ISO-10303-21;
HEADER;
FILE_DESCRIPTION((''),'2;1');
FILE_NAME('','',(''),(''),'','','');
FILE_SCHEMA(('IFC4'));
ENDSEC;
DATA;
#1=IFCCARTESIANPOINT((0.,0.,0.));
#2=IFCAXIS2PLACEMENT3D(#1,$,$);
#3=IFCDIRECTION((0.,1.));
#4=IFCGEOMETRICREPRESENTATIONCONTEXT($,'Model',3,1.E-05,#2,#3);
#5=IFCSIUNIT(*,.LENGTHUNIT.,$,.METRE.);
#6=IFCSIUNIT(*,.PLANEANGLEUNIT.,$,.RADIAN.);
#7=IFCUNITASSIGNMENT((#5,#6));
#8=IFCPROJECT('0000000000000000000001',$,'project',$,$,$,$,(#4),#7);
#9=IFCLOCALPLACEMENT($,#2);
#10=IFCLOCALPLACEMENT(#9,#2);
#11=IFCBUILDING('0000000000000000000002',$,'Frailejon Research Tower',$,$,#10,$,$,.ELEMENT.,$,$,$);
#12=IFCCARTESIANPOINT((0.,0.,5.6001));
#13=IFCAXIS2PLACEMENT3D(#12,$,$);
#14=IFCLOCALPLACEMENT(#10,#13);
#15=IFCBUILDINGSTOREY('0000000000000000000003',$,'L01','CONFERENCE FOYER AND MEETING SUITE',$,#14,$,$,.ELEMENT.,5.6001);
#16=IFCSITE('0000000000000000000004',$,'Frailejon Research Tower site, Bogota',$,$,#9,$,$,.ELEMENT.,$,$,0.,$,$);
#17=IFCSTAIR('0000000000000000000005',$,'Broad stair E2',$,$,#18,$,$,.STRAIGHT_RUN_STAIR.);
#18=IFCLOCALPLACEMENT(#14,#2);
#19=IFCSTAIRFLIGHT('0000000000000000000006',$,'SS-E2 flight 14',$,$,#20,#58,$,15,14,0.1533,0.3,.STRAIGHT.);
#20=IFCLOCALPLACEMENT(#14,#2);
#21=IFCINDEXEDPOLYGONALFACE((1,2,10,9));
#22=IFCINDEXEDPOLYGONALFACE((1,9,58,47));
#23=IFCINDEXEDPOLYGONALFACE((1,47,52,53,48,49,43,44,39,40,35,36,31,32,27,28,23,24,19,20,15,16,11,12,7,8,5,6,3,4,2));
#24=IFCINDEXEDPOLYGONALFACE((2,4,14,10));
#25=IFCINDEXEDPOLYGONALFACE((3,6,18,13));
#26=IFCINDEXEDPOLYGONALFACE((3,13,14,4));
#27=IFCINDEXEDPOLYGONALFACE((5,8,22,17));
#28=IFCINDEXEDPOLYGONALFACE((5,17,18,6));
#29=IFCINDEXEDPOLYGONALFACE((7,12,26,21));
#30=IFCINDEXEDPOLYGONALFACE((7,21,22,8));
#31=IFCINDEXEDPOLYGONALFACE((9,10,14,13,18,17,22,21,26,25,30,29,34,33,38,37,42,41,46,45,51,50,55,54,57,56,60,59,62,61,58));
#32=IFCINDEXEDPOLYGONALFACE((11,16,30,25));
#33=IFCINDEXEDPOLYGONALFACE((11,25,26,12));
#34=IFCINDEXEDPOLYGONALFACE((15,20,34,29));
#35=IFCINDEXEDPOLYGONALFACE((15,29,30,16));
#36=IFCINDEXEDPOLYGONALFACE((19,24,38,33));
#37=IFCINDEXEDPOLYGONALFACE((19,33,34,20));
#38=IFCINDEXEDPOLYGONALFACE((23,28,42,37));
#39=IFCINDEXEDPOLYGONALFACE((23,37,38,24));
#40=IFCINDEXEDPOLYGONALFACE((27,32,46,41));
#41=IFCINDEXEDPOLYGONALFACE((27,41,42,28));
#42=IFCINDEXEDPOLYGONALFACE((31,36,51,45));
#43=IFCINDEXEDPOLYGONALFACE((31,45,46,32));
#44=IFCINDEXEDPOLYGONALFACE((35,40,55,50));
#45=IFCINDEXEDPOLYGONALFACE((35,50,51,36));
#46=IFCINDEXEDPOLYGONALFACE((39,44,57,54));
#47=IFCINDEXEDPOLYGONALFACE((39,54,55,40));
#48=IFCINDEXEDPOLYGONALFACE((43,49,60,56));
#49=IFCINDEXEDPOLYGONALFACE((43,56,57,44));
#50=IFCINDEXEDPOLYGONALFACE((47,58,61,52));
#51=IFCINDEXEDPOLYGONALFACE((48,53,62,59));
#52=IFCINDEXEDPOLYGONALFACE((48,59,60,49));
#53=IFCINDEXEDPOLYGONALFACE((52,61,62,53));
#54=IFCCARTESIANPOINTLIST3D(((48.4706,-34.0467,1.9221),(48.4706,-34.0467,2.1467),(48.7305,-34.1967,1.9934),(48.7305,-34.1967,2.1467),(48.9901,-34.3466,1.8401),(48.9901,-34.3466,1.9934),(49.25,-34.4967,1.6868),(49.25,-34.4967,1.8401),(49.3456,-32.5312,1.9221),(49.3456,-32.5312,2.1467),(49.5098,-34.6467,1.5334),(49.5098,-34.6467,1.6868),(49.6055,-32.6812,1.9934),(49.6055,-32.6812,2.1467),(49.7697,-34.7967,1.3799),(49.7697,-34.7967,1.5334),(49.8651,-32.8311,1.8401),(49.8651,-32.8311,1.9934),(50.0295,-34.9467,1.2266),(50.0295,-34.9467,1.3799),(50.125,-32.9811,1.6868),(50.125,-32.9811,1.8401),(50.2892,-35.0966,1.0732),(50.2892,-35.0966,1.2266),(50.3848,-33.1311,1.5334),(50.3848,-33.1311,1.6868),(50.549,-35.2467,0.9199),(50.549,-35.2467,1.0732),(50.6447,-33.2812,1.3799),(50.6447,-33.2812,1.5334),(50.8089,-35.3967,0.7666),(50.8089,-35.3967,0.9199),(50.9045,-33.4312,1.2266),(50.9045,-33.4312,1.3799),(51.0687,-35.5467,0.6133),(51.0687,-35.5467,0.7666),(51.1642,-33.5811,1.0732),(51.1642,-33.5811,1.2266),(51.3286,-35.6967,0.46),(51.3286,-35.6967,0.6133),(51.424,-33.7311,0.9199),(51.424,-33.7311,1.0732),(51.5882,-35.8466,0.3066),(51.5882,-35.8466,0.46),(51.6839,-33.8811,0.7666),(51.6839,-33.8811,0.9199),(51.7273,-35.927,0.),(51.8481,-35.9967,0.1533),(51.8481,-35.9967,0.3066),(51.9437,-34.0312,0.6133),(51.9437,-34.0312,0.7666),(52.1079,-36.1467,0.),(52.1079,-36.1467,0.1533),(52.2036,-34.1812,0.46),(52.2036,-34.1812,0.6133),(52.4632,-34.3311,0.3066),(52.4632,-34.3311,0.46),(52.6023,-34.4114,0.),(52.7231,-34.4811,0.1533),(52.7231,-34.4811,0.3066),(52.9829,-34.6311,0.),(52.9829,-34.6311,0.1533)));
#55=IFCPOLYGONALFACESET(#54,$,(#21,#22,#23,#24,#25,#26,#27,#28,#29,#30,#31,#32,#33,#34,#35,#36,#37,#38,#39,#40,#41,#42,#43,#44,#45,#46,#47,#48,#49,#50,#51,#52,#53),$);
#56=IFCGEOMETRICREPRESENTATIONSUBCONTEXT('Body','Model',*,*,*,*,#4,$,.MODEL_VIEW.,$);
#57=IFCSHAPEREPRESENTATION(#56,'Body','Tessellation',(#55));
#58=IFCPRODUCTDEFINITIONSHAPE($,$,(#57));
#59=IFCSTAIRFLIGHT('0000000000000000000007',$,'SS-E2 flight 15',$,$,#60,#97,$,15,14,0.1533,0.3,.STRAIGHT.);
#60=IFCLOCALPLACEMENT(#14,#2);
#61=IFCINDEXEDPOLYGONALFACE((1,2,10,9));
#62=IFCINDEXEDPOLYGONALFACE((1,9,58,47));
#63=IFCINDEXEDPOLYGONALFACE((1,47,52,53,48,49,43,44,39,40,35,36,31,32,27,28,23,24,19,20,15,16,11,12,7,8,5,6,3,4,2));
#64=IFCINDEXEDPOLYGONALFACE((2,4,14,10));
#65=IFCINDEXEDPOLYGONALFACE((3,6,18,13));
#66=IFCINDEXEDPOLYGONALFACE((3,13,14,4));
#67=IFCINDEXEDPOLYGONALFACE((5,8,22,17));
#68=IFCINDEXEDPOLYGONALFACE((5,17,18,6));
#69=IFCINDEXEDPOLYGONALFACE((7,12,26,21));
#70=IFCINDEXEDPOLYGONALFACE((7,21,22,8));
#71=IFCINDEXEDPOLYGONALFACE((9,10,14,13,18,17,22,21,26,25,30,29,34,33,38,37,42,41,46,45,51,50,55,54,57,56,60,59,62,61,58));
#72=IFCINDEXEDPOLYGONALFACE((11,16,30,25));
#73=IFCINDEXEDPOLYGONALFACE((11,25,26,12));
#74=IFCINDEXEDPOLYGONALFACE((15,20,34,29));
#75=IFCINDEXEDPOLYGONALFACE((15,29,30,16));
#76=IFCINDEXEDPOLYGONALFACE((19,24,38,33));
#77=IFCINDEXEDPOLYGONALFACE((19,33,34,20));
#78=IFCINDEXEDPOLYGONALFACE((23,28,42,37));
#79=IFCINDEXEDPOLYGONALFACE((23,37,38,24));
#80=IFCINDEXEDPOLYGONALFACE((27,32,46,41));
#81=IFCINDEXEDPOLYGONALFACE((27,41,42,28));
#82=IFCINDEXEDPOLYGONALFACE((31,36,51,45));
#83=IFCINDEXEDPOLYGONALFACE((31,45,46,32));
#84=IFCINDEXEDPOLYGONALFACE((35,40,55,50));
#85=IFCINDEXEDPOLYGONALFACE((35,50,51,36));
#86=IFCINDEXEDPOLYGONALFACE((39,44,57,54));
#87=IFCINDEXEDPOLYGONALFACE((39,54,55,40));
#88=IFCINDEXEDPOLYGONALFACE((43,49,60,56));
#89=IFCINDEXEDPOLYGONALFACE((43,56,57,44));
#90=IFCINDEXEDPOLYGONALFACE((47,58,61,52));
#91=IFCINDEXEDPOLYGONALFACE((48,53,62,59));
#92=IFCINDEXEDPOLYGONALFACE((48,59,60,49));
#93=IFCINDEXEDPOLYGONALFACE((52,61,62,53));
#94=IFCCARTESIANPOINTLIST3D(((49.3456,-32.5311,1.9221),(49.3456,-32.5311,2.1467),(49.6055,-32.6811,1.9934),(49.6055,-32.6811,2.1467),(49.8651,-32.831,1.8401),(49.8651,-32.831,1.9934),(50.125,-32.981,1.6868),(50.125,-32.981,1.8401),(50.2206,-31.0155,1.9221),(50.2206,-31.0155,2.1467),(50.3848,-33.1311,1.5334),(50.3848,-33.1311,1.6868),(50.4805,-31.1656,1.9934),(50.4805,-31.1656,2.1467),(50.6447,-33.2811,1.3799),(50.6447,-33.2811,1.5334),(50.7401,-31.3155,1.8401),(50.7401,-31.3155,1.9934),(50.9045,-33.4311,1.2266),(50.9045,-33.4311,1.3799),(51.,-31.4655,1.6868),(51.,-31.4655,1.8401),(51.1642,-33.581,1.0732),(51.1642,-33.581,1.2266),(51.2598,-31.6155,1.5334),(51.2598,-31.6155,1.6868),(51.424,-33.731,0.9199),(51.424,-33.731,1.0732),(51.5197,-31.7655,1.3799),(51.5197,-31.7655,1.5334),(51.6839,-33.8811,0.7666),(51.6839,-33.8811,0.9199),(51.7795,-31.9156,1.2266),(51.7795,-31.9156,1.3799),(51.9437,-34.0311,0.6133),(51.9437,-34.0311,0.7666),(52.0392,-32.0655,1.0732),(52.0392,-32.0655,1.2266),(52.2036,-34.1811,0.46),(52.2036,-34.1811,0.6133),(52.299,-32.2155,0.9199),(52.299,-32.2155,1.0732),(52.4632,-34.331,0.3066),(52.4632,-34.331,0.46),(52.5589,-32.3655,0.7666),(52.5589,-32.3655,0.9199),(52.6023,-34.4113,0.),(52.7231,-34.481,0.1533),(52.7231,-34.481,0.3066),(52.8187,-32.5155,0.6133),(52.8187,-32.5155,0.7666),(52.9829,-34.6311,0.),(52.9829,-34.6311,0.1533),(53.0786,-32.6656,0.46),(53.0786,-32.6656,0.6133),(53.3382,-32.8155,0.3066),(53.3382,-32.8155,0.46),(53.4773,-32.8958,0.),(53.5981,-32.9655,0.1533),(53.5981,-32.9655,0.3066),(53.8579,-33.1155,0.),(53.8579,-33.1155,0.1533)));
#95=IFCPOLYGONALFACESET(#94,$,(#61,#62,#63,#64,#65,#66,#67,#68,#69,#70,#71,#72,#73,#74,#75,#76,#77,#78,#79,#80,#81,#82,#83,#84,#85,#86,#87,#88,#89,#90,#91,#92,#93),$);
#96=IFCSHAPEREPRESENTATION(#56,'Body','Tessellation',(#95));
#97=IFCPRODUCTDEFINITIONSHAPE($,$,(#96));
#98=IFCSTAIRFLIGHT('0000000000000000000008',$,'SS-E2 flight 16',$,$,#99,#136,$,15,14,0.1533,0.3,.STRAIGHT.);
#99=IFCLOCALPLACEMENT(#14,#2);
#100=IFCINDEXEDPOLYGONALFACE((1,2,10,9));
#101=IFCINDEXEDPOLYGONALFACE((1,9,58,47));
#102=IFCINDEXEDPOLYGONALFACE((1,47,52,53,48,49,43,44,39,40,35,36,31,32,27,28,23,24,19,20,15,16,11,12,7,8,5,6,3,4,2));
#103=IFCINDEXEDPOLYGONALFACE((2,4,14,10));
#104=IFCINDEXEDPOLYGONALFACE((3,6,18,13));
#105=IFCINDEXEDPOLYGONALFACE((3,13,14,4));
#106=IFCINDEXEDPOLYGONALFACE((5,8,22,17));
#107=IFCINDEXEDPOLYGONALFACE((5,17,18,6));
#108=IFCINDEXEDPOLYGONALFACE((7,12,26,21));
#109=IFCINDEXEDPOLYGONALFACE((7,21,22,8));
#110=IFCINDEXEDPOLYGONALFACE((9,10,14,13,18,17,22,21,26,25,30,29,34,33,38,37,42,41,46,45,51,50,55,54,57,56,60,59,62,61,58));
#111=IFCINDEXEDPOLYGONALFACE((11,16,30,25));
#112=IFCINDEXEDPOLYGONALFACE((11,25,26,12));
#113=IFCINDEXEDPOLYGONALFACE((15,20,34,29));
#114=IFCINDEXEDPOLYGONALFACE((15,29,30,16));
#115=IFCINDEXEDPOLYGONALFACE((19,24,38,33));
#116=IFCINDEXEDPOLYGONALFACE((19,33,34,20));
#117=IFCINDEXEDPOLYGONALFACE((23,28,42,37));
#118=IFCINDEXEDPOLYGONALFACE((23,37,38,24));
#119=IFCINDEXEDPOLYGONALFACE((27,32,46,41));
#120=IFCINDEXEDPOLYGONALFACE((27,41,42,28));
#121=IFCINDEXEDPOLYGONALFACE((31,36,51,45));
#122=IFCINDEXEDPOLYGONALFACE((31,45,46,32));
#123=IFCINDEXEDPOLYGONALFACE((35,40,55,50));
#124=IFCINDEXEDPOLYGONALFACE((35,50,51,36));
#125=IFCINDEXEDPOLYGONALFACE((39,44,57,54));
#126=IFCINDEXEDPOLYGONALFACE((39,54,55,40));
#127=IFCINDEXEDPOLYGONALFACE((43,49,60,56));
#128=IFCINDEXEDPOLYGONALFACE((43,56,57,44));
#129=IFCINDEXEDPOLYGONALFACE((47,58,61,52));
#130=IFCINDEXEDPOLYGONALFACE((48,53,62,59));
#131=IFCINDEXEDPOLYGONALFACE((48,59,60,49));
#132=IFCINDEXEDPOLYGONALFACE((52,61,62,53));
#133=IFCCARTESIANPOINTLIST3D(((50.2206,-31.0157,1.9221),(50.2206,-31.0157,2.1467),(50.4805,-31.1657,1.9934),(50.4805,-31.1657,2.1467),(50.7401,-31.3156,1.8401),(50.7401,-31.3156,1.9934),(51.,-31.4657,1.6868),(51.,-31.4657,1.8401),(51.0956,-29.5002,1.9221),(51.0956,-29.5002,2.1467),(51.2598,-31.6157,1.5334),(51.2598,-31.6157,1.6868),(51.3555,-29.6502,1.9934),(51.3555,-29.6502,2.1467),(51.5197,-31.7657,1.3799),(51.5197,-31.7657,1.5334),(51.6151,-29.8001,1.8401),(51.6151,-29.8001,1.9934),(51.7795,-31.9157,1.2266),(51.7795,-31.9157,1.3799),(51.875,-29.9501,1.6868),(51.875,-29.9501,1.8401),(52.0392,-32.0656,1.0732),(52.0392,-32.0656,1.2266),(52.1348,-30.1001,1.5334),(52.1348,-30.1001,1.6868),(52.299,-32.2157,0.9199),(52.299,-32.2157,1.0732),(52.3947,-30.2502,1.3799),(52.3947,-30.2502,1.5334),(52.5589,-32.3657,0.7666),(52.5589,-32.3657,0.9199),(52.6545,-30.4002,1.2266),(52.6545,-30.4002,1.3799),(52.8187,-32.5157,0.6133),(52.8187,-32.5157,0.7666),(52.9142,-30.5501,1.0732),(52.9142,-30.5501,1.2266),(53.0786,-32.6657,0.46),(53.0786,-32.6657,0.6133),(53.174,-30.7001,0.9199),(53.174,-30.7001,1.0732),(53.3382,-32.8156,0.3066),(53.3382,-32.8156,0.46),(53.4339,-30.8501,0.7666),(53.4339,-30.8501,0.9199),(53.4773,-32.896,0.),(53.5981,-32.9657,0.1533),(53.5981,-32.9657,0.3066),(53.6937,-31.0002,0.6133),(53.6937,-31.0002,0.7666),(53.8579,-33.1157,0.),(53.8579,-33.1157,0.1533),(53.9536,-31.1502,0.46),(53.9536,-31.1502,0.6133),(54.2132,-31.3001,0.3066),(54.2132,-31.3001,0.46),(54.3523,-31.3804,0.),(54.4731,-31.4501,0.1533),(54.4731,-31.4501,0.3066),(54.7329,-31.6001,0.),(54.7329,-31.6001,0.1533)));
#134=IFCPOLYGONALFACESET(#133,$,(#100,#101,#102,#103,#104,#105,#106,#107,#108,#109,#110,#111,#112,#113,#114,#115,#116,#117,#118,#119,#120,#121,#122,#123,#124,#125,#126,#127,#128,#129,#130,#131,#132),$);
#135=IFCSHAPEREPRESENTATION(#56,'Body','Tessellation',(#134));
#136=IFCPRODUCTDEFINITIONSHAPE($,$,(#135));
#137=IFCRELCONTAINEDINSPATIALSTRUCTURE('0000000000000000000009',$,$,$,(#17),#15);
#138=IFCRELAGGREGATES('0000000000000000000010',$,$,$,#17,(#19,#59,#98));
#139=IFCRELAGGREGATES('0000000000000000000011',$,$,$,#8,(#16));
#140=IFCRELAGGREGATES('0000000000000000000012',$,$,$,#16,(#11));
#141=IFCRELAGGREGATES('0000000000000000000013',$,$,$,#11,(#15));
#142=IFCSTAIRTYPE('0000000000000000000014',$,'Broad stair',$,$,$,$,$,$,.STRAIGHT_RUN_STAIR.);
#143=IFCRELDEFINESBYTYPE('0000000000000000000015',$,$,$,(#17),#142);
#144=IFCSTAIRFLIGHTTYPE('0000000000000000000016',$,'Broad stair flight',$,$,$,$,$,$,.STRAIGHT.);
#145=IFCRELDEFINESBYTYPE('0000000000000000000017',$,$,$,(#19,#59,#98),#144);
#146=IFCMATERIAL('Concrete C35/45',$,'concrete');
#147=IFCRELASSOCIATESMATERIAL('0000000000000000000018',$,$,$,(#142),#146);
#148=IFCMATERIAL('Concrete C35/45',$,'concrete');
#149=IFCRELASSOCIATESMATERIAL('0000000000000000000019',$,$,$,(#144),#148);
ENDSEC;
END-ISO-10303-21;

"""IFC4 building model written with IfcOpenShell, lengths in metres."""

from ifc_helpers import new_model, si_unit, direction, frame, origin, place, context, subcontext, project, spatial, polyline, outline, extrude, material, type_object, element, aggregate, save


model = new_model("IFC4")

# Units and contexts
model_context = context("Model", 3, precision=1e-05, world=origin(), true_north=direction((0.0, 1.0)))
body_context = subcontext(model_context, "Body", "Model", "MODEL_VIEW")
ifc_project = project(units=[si_unit("LENGTHUNIT", "METRE"), si_unit("PLANEANGLEUNIT", "RADIAN")], contexts=[model_context])

# Site, building, storey
site_placement = place(None, origin())
site = spatial("IfcSite", under=ifc_project, at=site_placement, Name="Frailejon Research Tower site, Bogota", CompositionType="ELEMENT", RefElevation=0.0)
building_placement = place(site_placement, origin())
building = spatial("IfcBuilding", under=site, at=building_placement, Name="Frailejon Research Tower", CompositionType="ELEMENT")
storey_placement = place(building_placement, frame((0.0, 0.0, 5.6001)))
storey = spatial("IfcBuildingStorey", under=building, at=storey_placement, Name="L01", Description="CONFERENCE FOYER AND MEETING SUITE", CompositionType="ELEMENT", Elevation=5.6001)

# Stair, stair flights
ifc_material_1 = material(Name="Concrete C35/45", Category="concrete")
stair_type = type_object("IfcStairType", Name="Broad stair", PredefinedType="STRAIGHT_RUN_STAIR", material=ifc_material_1)
stair_placement = place(storey_placement, origin())
stair = element("IfcStair", 1, at=stair_placement, inside=storey, type_object=stair_type, Name="Broad stair E2", PredefinedType="STRAIGHT_RUN_STAIR")
ifc_material_2 = material(Name="Concrete C35/45", Category="concrete")
stair_flight_type = type_object("IfcStairFlightType", Name="Broad stair flight", PredefinedType="STRAIGHT", material=ifc_material_2)
stair_flight_1_placement = place(storey_placement, frame((52.5454, -35.3889, 0.0), z_axis=(0.0, 0.0, 1.0), x_axis=(-0.866025, 0.5, 0.0)))
stair_flight_1 = element("IfcStairFlight", 2, at=stair_flight_1_placement, type_object=stair_flight_type, Name="SS-E2 flight 14", NumberOfRisers=15, NumberOfTreads=14, PredefinedType="STRAIGHT", RiserHeight=0.1533, TreadLength=0.3, context=body_context, shape_type="SweptSolid", body=[
    extrude(outline(polyline([(0.0, 0.0), (0.0, 0.1533), (0.3, 0.1533), (0.3, 0.3066), (0.6001, 0.3066), (0.6001, 0.46), (0.8999, 0.46), (0.8999, 0.6133), (1.2, 0.6133), (1.2, 0.7666), (1.5, 0.7666), (1.5, 0.9199), (1.8, 0.9199), (1.8, 1.0732), (2.1001, 1.0732), (2.1001, 1.2266), (2.3999, 1.2266), (2.3999, 1.3799), (2.7, 1.3799), (2.7, 1.5334), (3.0, 1.5334), (3.0, 1.6868), (3.3, 1.6868), (3.3, 1.8401), (3.6001, 1.8401), (3.6001, 1.9934), (3.8999, 1.9934), (3.8999, 2.1467), (4.2, 2.1467), (4.2, 2.3), (4.2, 1.9221), (0.4395, 0.0), (0.0, 0.0)])), frame((0.0, 0.875, 0.0), z_axis=(0.0, -1.0, 0.0), x_axis=(1.0, 0.0, 0.0)), (0.0, 0.0, 1.0), 1.75),
])
stair_flight_2_placement = place(storey_placement, frame((53.4204, -33.8733, 0.0), z_axis=(0.0, 0.0, 1.0), x_axis=(-0.866025, 0.5, 0.0)))
stair_flight_2 = element("IfcStairFlight", 3, at=stair_flight_2_placement, type_object=stair_flight_type, Name="SS-E2 flight 15", NumberOfRisers=15, NumberOfTreads=14, PredefinedType="STRAIGHT", RiserHeight=0.1533, TreadLength=0.3, context=body_context, shape_type="SweptSolid", body=[
    extrude(outline(polyline([(0.0, 0.0), (0.0, 0.1533), (0.3, 0.1533), (0.3, 0.3066), (0.6001, 0.3066), (0.6001, 0.46), (0.8999, 0.46), (0.8999, 0.6133), (1.2, 0.6133), (1.2, 0.7666), (1.5, 0.7666), (1.5, 0.9199), (1.8, 0.9199), (1.8, 1.0732), (2.1001, 1.0732), (2.1001, 1.2266), (2.3999, 1.2266), (2.3999, 1.3799), (2.7, 1.3799), (2.7, 1.5334), (3.0, 1.5334), (3.0, 1.6868), (3.3, 1.6868), (3.3, 1.8401), (3.6001, 1.8401), (3.6001, 1.9934), (3.8999, 1.9934), (3.8999, 2.1467), (4.2, 2.1467), (4.2, 2.3), (4.2, 1.9221), (0.4395, 0.0), (0.0, 0.0)])), frame((0.0, 0.875, 0.0), z_axis=(0.0, -1.0, 0.0), x_axis=(1.0, 0.0, 0.0)), (0.0, 0.0, 1.0), 1.75),
])
stair_flight_3_placement = place(storey_placement, frame((54.2954, -32.3579, 0.0), z_axis=(0.0, 0.0, 1.0), x_axis=(-0.866025, 0.5, 0.0)))
stair_flight_3 = element("IfcStairFlight", 4, at=stair_flight_3_placement, type_object=stair_flight_type, Name="SS-E2 flight 16", NumberOfRisers=15, NumberOfTreads=14, PredefinedType="STRAIGHT", RiserHeight=0.1533, TreadLength=0.3, context=body_context, shape_type="SweptSolid", body=[
    extrude(outline(polyline([(0.0, 0.0), (0.0, 0.1533), (0.3, 0.1533), (0.3, 0.3066), (0.6001, 0.3066), (0.6001, 0.46), (0.8999, 0.46), (0.8999, 0.6133), (1.2, 0.6133), (1.2, 0.7666), (1.5, 0.7666), (1.5, 0.9199), (1.8, 0.9199), (1.8, 1.0732), (2.1001, 1.0732), (2.1001, 1.2266), (2.3999, 1.2266), (2.3999, 1.3799), (2.7, 1.3799), (2.7, 1.5334), (3.0, 1.5334), (3.0, 1.6868), (3.3, 1.6868), (3.3, 1.8401), (3.6001, 1.8401), (3.6001, 1.9934), (3.8999, 1.9934), (3.8999, 2.1467), (4.2, 2.1467), (4.2, 2.3), (4.2, 1.9221), (0.4395, 0.0), (0.0, 0.0)])), frame((0.0, 0.875, 0.0), z_axis=(0.0, -1.0, 0.0), x_axis=(1.0, 0.0, 0.0)), (0.0, 0.0, 1.0), 1.75),
])
aggregate(stair, [stair_flight_1, stair_flight_2, stair_flight_3])

save(model, "model.ifc")
